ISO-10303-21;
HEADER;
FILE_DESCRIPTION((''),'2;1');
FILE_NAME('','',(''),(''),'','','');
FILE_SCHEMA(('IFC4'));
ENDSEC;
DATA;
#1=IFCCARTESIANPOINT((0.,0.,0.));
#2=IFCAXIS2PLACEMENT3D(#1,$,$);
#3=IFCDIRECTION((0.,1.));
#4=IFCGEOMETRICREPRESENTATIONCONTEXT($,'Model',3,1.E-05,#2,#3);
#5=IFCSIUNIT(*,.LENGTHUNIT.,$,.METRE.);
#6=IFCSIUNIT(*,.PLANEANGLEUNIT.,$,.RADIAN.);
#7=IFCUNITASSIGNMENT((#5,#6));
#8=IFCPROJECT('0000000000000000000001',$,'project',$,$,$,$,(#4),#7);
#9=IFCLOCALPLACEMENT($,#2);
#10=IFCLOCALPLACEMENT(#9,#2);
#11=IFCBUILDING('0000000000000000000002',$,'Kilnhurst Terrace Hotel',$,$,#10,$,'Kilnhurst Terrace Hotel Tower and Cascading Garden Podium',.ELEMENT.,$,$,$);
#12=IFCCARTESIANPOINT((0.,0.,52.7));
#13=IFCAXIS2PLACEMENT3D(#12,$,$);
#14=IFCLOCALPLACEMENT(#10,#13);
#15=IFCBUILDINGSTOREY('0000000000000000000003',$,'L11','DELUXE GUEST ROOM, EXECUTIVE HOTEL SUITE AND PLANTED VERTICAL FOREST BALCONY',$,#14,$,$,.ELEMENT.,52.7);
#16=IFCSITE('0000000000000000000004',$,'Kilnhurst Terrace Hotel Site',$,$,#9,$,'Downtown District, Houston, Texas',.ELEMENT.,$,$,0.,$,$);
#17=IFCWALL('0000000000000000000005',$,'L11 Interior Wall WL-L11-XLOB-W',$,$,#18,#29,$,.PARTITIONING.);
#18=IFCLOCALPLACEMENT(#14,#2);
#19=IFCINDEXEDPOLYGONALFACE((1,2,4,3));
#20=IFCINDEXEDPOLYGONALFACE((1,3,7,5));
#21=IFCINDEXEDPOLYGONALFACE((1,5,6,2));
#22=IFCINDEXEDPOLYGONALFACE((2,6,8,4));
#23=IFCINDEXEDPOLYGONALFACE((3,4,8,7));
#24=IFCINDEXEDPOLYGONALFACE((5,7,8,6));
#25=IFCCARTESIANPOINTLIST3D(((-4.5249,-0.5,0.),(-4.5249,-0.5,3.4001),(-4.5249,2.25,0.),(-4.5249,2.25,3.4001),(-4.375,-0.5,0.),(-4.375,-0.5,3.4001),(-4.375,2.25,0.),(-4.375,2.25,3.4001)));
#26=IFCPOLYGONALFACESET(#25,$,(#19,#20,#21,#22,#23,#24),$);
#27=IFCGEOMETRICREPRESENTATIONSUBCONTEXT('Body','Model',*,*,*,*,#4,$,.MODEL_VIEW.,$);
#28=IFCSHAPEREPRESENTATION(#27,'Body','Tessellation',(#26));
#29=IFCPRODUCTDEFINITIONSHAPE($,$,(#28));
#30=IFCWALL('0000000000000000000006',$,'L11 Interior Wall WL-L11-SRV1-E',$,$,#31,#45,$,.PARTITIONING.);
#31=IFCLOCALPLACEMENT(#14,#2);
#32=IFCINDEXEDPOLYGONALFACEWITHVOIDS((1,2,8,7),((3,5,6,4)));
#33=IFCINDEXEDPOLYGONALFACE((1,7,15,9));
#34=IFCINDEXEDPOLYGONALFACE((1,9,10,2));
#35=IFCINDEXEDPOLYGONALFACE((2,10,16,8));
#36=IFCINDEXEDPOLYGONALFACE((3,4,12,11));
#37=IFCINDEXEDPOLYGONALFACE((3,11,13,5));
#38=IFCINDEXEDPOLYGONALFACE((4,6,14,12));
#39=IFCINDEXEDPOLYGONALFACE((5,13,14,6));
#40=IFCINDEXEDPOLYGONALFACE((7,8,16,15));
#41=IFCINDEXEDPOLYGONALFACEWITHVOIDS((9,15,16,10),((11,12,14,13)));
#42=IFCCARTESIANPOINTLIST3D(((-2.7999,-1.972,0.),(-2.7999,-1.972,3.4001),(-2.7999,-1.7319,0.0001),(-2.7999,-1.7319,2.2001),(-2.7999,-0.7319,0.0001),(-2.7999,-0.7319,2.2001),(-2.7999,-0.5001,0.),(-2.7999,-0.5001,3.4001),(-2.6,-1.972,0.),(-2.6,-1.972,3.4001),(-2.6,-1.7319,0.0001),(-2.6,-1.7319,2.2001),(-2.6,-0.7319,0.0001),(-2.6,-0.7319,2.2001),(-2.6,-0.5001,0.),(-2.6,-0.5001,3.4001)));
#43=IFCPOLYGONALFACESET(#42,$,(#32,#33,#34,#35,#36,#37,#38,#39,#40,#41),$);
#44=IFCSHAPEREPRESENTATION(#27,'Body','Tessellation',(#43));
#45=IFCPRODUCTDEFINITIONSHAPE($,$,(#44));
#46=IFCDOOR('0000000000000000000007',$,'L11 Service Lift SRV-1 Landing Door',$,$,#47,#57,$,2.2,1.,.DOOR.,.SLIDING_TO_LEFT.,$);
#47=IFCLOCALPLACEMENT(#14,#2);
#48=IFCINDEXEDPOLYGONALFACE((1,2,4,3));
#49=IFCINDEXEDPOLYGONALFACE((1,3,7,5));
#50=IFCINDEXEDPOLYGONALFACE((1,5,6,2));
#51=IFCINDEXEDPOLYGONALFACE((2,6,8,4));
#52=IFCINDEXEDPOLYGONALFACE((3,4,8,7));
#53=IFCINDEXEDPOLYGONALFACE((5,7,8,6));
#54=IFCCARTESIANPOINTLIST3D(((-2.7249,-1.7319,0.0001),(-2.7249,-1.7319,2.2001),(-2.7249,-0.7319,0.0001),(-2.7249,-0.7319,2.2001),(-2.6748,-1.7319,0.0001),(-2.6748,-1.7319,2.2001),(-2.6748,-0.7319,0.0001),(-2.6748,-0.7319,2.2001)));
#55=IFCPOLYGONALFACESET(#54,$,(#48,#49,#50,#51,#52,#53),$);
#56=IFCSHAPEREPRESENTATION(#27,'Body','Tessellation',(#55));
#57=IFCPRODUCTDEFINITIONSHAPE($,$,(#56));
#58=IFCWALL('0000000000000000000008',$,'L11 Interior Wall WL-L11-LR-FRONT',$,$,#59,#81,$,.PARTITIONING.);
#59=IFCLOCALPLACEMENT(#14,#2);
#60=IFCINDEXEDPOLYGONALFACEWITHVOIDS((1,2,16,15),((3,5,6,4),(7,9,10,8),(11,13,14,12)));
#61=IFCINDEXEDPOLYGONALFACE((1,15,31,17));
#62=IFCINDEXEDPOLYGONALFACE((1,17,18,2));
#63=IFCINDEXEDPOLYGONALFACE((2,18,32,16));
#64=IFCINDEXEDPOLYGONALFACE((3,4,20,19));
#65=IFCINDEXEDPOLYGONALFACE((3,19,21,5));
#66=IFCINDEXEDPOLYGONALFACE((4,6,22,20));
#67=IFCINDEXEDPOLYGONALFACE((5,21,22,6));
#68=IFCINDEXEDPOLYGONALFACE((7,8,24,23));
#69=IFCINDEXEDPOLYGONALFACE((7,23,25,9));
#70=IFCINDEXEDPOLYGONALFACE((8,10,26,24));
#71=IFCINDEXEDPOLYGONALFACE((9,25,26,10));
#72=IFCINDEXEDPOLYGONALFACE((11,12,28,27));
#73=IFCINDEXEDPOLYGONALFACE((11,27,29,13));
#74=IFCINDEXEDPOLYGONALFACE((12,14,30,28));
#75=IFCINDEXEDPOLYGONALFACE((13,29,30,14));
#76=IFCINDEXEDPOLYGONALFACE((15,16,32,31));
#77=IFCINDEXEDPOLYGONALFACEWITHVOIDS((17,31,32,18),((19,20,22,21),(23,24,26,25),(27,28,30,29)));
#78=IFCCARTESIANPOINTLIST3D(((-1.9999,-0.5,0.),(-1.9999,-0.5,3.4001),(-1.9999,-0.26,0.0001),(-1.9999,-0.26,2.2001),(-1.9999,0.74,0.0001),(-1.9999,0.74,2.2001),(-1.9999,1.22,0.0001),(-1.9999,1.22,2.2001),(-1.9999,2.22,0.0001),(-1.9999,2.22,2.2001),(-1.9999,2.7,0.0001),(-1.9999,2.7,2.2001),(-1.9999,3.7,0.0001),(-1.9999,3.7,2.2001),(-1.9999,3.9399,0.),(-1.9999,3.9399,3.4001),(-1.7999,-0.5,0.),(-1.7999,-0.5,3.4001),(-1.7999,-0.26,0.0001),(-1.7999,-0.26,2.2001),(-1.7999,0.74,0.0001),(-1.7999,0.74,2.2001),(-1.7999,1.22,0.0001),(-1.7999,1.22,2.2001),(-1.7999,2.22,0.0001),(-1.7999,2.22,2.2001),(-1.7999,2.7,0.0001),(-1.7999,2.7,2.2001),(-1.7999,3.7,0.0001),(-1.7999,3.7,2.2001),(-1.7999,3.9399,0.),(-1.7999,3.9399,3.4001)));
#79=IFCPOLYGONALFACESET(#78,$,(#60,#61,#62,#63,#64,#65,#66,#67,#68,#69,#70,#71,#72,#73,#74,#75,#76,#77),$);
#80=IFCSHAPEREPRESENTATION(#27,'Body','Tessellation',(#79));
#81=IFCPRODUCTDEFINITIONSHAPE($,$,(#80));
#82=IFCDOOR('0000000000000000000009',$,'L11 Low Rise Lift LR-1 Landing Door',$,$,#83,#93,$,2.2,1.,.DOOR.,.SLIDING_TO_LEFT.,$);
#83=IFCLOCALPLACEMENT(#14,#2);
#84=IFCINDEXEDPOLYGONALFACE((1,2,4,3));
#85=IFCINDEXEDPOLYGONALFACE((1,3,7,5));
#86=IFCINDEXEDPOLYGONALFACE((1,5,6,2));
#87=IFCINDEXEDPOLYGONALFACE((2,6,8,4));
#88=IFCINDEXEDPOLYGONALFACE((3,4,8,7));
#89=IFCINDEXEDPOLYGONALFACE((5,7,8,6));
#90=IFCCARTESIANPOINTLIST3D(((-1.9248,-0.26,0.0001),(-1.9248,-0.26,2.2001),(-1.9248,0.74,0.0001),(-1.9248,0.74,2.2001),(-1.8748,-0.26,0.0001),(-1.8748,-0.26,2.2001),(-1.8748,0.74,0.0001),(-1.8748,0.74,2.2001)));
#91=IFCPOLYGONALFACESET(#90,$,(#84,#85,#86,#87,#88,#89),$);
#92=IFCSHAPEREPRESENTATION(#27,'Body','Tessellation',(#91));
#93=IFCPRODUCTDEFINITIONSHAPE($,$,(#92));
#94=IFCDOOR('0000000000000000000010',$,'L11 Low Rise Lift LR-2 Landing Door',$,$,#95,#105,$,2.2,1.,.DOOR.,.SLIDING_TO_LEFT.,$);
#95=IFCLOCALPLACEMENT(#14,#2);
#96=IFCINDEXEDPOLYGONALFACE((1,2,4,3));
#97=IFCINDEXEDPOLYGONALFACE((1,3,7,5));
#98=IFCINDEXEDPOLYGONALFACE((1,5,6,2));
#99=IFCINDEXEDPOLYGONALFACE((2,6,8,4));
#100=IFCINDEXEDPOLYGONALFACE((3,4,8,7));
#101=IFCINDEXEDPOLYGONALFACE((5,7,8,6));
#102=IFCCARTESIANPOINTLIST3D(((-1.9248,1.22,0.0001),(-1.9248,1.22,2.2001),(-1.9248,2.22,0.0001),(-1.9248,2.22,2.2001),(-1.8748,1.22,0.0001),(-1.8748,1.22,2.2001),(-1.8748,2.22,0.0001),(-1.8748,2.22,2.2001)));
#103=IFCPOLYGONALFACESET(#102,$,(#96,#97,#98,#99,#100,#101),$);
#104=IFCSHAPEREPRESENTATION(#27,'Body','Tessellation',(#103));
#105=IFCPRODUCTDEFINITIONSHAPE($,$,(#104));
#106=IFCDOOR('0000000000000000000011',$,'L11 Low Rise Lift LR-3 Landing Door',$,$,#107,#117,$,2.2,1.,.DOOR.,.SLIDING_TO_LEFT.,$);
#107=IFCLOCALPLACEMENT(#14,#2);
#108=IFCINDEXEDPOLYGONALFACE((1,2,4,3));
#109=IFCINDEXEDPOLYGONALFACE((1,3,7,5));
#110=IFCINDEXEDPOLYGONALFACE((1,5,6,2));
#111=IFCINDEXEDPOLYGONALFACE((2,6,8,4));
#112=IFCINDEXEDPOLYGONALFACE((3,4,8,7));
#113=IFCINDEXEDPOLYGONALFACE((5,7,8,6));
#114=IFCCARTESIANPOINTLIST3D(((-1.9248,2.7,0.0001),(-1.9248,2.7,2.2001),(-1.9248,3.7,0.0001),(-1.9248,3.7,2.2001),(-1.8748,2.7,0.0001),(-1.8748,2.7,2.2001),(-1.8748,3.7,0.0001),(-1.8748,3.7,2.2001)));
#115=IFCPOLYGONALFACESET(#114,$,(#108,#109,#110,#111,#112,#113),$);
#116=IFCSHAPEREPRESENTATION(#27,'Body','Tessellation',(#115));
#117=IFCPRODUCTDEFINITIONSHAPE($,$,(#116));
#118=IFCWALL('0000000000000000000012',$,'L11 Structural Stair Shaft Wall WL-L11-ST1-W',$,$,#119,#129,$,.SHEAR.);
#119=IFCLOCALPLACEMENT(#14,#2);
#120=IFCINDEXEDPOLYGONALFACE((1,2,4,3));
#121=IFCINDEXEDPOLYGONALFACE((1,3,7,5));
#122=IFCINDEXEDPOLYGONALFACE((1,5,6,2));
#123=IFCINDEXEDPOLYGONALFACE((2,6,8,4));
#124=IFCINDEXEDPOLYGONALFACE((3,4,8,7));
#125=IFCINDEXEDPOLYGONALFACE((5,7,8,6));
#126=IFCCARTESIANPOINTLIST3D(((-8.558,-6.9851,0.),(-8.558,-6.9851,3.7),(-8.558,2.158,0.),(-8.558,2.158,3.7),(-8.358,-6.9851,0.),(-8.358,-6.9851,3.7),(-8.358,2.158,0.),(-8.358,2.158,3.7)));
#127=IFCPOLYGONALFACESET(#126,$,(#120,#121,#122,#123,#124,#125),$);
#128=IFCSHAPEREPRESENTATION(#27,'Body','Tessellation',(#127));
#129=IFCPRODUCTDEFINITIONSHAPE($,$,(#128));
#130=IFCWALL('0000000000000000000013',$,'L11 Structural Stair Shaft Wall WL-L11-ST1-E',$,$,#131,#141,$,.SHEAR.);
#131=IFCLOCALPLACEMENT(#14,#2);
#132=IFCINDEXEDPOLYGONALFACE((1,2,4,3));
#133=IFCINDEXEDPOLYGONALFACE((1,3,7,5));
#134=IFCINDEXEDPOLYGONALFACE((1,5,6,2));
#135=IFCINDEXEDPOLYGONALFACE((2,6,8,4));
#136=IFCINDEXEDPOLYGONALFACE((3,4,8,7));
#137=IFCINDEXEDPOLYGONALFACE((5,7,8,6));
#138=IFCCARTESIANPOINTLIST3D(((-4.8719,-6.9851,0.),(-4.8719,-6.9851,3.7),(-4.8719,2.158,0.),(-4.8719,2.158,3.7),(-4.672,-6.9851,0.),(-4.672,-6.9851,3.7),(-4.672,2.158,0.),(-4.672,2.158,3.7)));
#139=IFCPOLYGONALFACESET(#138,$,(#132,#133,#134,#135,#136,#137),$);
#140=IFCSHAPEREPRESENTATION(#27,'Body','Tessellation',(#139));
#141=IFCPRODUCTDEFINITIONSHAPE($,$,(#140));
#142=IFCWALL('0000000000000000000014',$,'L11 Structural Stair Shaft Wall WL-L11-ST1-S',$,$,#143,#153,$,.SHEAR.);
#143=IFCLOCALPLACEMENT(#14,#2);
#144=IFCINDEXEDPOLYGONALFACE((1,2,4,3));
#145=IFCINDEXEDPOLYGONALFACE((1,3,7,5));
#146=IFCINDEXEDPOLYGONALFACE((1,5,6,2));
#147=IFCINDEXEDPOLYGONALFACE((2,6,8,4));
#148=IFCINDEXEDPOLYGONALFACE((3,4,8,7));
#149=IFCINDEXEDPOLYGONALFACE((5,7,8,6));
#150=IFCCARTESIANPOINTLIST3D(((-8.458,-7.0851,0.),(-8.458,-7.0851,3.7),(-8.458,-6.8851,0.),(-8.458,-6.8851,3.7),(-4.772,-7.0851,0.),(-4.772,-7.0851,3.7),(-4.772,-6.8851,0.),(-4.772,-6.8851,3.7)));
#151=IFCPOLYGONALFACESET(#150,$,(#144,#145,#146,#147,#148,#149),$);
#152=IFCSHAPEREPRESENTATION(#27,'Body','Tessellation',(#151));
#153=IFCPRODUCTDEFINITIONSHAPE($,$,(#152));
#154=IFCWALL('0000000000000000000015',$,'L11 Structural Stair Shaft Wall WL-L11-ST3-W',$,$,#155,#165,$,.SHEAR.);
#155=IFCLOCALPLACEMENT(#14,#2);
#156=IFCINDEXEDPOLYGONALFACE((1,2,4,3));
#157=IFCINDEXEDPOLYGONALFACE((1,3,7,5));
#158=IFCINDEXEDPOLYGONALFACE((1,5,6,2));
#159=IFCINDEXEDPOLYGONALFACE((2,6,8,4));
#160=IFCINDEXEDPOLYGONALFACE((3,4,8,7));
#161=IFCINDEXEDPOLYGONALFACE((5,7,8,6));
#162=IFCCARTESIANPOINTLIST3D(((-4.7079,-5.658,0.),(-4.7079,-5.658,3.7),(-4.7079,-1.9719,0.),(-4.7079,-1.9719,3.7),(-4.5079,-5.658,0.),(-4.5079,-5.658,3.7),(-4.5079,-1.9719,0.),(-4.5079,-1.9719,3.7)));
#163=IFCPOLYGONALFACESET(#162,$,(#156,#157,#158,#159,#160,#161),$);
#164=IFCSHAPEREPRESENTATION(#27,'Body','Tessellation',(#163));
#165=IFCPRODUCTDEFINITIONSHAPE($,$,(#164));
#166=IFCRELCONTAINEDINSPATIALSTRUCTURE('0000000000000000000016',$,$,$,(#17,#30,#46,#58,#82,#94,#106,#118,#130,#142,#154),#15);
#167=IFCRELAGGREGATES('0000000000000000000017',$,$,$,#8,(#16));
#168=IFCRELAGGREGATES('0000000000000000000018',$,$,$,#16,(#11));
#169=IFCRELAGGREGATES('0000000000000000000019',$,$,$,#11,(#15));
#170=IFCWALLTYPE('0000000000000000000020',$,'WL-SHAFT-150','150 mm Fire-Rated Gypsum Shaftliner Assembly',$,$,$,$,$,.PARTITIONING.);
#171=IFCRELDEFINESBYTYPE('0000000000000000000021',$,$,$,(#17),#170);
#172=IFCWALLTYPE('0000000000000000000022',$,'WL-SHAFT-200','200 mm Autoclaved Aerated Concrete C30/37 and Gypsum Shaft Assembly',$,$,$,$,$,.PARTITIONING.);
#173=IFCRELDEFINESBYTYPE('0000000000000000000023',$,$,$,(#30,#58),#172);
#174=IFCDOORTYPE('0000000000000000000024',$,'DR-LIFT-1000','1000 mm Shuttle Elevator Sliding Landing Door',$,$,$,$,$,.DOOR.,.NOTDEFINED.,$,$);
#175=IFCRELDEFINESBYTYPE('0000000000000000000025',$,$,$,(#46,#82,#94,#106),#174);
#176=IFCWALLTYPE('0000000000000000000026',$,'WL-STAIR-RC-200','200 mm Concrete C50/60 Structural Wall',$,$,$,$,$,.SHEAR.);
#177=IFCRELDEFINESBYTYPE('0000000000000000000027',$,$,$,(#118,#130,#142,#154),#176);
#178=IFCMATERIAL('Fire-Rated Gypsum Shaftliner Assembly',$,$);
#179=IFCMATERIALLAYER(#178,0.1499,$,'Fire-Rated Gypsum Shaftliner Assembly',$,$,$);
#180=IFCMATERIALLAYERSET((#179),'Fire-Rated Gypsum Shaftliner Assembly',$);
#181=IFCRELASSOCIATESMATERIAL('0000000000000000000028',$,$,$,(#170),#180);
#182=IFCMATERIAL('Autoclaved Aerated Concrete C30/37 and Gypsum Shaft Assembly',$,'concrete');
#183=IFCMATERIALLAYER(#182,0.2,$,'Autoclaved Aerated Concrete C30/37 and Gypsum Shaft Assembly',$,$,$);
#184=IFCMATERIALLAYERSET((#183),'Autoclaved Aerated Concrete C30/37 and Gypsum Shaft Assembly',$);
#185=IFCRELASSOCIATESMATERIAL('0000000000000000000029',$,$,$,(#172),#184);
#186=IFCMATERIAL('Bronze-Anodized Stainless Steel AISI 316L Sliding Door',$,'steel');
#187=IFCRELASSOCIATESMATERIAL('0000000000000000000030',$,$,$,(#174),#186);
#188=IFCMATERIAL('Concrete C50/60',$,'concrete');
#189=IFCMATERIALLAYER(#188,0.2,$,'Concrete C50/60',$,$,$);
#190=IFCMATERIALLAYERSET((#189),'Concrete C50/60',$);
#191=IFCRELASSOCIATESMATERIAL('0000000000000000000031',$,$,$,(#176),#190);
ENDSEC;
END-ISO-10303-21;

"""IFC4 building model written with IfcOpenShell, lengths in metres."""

from ifc_helpers import new_model, si_unit, direction, frame, frame_2d, origin, place, context, subcontext, project, spatial, rectangle, extrude, material, layer, layer_set, type_object, element, fill, save


model = new_model("IFC4")

# Units and contexts
model_context = context("Model", 3, precision=1e-05, world=origin(), true_north=direction((0.0, 1.0)))
body_context = subcontext(model_context, "Body", "Model", "MODEL_VIEW")
ifc_project = project(units=[si_unit("LENGTHUNIT", "METRE"), si_unit("PLANEANGLEUNIT", "RADIAN")], contexts=[model_context])

# Site, building, storey
site_placement = place(None, origin())
site = spatial("IfcSite", under=ifc_project, at=site_placement, Name="Kilnhurst Terrace Hotel Site", LongName="Downtown District, Houston, Texas", CompositionType="ELEMENT", RefElevation=0.0)
building_placement = place(site_placement, origin())
building = spatial("IfcBuilding", under=site, at=building_placement, Name="Kilnhurst Terrace Hotel", LongName="Kilnhurst Terrace Hotel Tower and Cascading Garden Podium", CompositionType="ELEMENT")
storey_placement = place(building_placement, frame((0.0, 0.0, 52.7)))
storey = spatial("IfcBuildingStorey", under=building, at=storey_placement, Name="L11", Description="DELUXE GUEST ROOM, EXECUTIVE HOTEL SUITE AND PLANTED VERTICAL FOREST BALCONY", CompositionType="ELEMENT", Elevation=52.7)

# Wall
ifc_material_1 = material(Name="Fire-Rated Gypsum Shaftliner Assembly")
ifc_layer_1 = layer(ifc_material_1, 0.1499, Name="Fire-Rated Gypsum Shaftliner Assembly")
ifc_layer_set_1 = layer_set([ifc_layer_1], Name="Fire-Rated Gypsum Shaftliner Assembly")
wall_type_1 = type_object("IfcWallType", Name="WL-SHAFT-150", Description="150 mm Fire-Rated Gypsum Shaftliner Assembly", PredefinedType="PARTITIONING", material=ifc_layer_set_1)
wall_1_placement = place(storey_placement, frame((-4.45, -0.5, 0.0), z_axis=(0.0, 0.0, 1.0), x_axis=(0.0, 1.0, 0.0)))
element("IfcWall", 1, at=wall_1_placement, inside=storey, type_object=wall_type_1, Name="L11 Interior Wall WL-L11-XLOB-W", PredefinedType="PARTITIONING", context=body_context, shape_type="SweptSolid", body=[
    extrude(rectangle(XDim=2.75, YDim=0.1499, at=frame_2d((1.375, 0.0))), origin(), (0.0, 0.0, 1.0), 3.4001),
])

# Wall, opening, door
ifc_material_2 = material(Name="Autoclaved Aerated Concrete C30/37 and Gypsum Shaft Assembly", Category="concrete")
ifc_layer_2 = layer(ifc_material_2, 0.2, Name="Autoclaved Aerated Concrete C30/37 and Gypsum Shaft Assembly")
ifc_layer_set_2 = layer_set([ifc_layer_2], Name="Autoclaved Aerated Concrete C30/37 and Gypsum Shaft Assembly")
wall_type_2 = type_object("IfcWallType", Name="WL-SHAFT-200", Description="200 mm Autoclaved Aerated Concrete C30/37 and Gypsum Shaft Assembly", PredefinedType="PARTITIONING", material=ifc_layer_set_2)
wall_2_placement = place(storey_placement, frame((-2.7, -1.9719, 0.0), z_axis=(0.0, 0.0, 1.0), x_axis=(0.0, 1.0, 0.0)))
wall_2 = element("IfcWall", 2, at=wall_2_placement, inside=storey, type_object=wall_type_2, Name="L11 Interior Wall WL-L11-SRV1-E", PredefinedType="PARTITIONING", context=body_context, shape_type="SweptSolid", body=[
    extrude(rectangle(XDim=1.4719, YDim=0.2, at=frame_2d((0.7358, 0.0))), origin(), (0.0, 0.0, 1.0), 3.4001),
])
opening_1_placement = place(wall_2_placement, frame((0.24, 0.0, 0.0)))
opening_1 = element("IfcOpeningElement", 3, at=opening_1_placement, cuts=wall_2, PredefinedType="OPENING", context=body_context, shape_type="SweptSolid", body=[
    extrude(rectangle(XDim=1.0, YDim=2.2, at=frame_2d((0.5, 1.1001))), frame((0.0, 0.1099, 0.0), z_axis=(0.0, -1.0, 0.0), x_axis=(1.0, 0.0, 0.0)), (0.0, 0.0, 1.0), 0.22),
])
ifc_material_3 = material(Name="Bronze-Anodized Stainless Steel AISI 316L Sliding Door", Category="steel")
door_type_1 = type_object("IfcDoorType", Name="DR-LIFT-1000", Description="1000 mm Shuttle Elevator Sliding Landing Door", OperationType="NOTDEFINED", PredefinedType="DOOR", material=ifc_material_3)
door_1_placement = place(opening_1_placement, origin())
door_1 = element("IfcDoor", 4, at=door_1_placement, inside=storey, type_object=door_type_1, Name="L11 Service Lift SRV-1 Landing Door", OperationType="SLIDING_TO_LEFT", OverallHeight=2.2, OverallWidth=1.0, PredefinedType="DOOR", context=body_context, shape_type="SweptSolid", body=[
    extrude(rectangle(XDim=1.0, YDim=2.2, at=frame_2d((0.5, 1.1001))), frame((0.0, 0.0249, 0.0), z_axis=(0.0, -1.0, 0.0), x_axis=(1.0, 0.0, 0.0)), (0.0, 0.0, 1.0), 0.05),
])
fill(opening_1, door_1)

# Wall, openings, doors
wall_3_placement = place(storey_placement, frame((-1.8999, -0.5, 0.0), z_axis=(0.0, 0.0, 1.0), x_axis=(0.0, 1.0, 0.0)))
wall_3 = element("IfcWall", 5, at=wall_3_placement, inside=storey, type_object=wall_type_2, Name="L11 Interior Wall WL-L11-LR-FRONT", PredefinedType="PARTITIONING", context=body_context, shape_type="SweptSolid", body=[
    extrude(rectangle(XDim=4.4399, YDim=0.2, at=frame_2d((2.22, 0.0))), origin(), (0.0, 0.0, 1.0), 3.4001),
])
opening_2_placement = place(wall_3_placement, frame((0.24, 0.0, 0.0)))
opening_2 = element("IfcOpeningElement", 6, at=opening_2_placement, cuts=wall_3, PredefinedType="OPENING", context=body_context, shape_type="SweptSolid", body=[
    extrude(rectangle(XDim=1.0, YDim=2.2, at=frame_2d((0.5, 1.1001))), frame((0.0, 0.1099, 0.0), z_axis=(0.0, -1.0, 0.0), x_axis=(1.0, 0.0, 0.0)), (0.0, 0.0, 1.0), 0.22),
])
opening_3_placement = place(wall_3_placement, frame((1.72, 0.0, 0.0)))
opening_3 = element("IfcOpeningElement", 7, at=opening_3_placement, cuts=wall_3, PredefinedType="OPENING", context=body_context, shape_type="SweptSolid", body=[
    extrude(rectangle(XDim=1.0, YDim=2.2, at=frame_2d((0.5, 1.1001))), frame((0.0, 0.1099, 0.0), z_axis=(0.0, -1.0, 0.0), x_axis=(1.0, 0.0, 0.0)), (0.0, 0.0, 1.0), 0.22),
])
opening_4_placement = place(wall_3_placement, frame((3.2, 0.0, 0.0)))
opening_4 = element("IfcOpeningElement", 8, at=opening_4_placement, cuts=wall_3, PredefinedType="OPENING", context=body_context, shape_type="SweptSolid", body=[
    extrude(rectangle(XDim=1.0, YDim=2.2, at=frame_2d((0.5, 1.1001))), frame((0.0, 0.1099, 0.0), z_axis=(0.0, -1.0, 0.0), x_axis=(1.0, 0.0, 0.0)), (0.0, 0.0, 1.0), 0.22),
])
door_2_placement = place(opening_2_placement, origin())
door_2 = element("IfcDoor", 9, at=door_2_placement, inside=storey, type_object=door_type_1, Name="L11 Low Rise Lift LR-1 Landing Door", OperationType="SLIDING_TO_LEFT", OverallHeight=2.2, OverallWidth=1.0, PredefinedType="DOOR", context=body_context, shape_type="SweptSolid", body=[
    extrude(rectangle(XDim=1.0, YDim=2.2, at=frame_2d((0.5, 1.1001))), frame((0.0, 0.0249, 0.0), z_axis=(0.0, -1.0, 0.0), x_axis=(1.0, 0.0, 0.0)), (0.0, 0.0, 1.0), 0.05),
])
fill(opening_2, door_2)
door_3_placement = place(opening_3_placement, origin())
door_3 = element("IfcDoor", 10, at=door_3_placement, inside=storey, type_object=door_type_1, Name="L11 Low Rise Lift LR-2 Landing Door", OperationType="SLIDING_TO_LEFT", OverallHeight=2.2, OverallWidth=1.0, PredefinedType="DOOR", context=body_context, shape_type="SweptSolid", body=[
    extrude(rectangle(XDim=1.0, YDim=2.2, at=frame_2d((0.5, 1.1001))), frame((0.0, 0.0249, 0.0), z_axis=(0.0, -1.0, 0.0), x_axis=(1.0, 0.0, 0.0)), (0.0, 0.0, 1.0), 0.05),
])
fill(opening_3, door_3)
door_4_placement = place(opening_4_placement, origin())
door_4 = element("IfcDoor", 11, at=door_4_placement, inside=storey, type_object=door_type_1, Name="L11 Low Rise Lift LR-3 Landing Door", OperationType="SLIDING_TO_LEFT", OverallHeight=2.2, OverallWidth=1.0, PredefinedType="DOOR", context=body_context, shape_type="SweptSolid", body=[
    extrude(rectangle(XDim=1.0, YDim=2.2, at=frame_2d((0.5, 1.1001))), frame((0.0, 0.0249, 0.0), z_axis=(0.0, -1.0, 0.0), x_axis=(1.0, 0.0, 0.0)), (0.0, 0.0, 1.0), 0.05),
])
fill(opening_4, door_4)

# Walls
ifc_material_4 = material(Name="Concrete C50/60", Category="concrete")
ifc_layer_3 = layer(ifc_material_4, 0.2, Name="Concrete C50/60")
ifc_layer_set_3 = layer_set([ifc_layer_3], Name="Concrete C50/60")
wall_type_3 = type_object("IfcWallType", Name="WL-STAIR-RC-200", Description="200 mm Concrete C50/60 Structural Wall", PredefinedType="SHEAR", material=ifc_layer_set_3)
for number, where, z_axis, x_axis, name in (
    (12, (-8.458, -6.9851, 0.0), (0.0, 0.0, 1.0), (0.0, 1.0, 0.0), "L11 Structural Stair Shaft Wall WL-L11-ST1-W"),
    (13, (-4.772, -6.9851, 0.0), (0.0, 0.0, 1.0), (0.0, 1.0, 0.0), "L11 Structural Stair Shaft Wall WL-L11-ST1-E"),
):
    element("IfcWall", number, at=place(storey_placement, frame(where, z_axis=z_axis, x_axis=x_axis)), inside=storey, type_object=wall_type_3, Name=name, PredefinedType="SHEAR", context=body_context, shape_type="SweptSolid", body=[
        extrude(rectangle(XDim=9.1431, YDim=0.2, at=frame_2d((4.5715, 0.0))), origin(), (0.0, 0.0, 1.0), 3.7),
    ])
for number, where, z_axis, x_axis, name in (
    (14, (-8.458, -6.9851, 0.0), (0.0, 0.0, 1.0), (1.0, 0.0, 0.0), "L11 Structural Stair Shaft Wall WL-L11-ST1-S"),
    (15, (-4.6079, -5.658, 0.0), (0.0, 0.0, 1.0), (0.0, 1.0, 0.0), "L11 Structural Stair Shaft Wall WL-L11-ST3-W"),
):
    element("IfcWall", number, at=place(storey_placement, frame(where, z_axis=z_axis, x_axis=x_axis)), inside=storey, type_object=wall_type_3, Name=name, PredefinedType="SHEAR", context=body_context, shape_type="SweptSolid", body=[
        extrude(rectangle(XDim=3.686, YDim=0.2, at=frame_2d((1.843, 0.0))), origin(), (0.0, 0.0, 1.0), 3.7),
    ])

save(model, "model.ifc")
